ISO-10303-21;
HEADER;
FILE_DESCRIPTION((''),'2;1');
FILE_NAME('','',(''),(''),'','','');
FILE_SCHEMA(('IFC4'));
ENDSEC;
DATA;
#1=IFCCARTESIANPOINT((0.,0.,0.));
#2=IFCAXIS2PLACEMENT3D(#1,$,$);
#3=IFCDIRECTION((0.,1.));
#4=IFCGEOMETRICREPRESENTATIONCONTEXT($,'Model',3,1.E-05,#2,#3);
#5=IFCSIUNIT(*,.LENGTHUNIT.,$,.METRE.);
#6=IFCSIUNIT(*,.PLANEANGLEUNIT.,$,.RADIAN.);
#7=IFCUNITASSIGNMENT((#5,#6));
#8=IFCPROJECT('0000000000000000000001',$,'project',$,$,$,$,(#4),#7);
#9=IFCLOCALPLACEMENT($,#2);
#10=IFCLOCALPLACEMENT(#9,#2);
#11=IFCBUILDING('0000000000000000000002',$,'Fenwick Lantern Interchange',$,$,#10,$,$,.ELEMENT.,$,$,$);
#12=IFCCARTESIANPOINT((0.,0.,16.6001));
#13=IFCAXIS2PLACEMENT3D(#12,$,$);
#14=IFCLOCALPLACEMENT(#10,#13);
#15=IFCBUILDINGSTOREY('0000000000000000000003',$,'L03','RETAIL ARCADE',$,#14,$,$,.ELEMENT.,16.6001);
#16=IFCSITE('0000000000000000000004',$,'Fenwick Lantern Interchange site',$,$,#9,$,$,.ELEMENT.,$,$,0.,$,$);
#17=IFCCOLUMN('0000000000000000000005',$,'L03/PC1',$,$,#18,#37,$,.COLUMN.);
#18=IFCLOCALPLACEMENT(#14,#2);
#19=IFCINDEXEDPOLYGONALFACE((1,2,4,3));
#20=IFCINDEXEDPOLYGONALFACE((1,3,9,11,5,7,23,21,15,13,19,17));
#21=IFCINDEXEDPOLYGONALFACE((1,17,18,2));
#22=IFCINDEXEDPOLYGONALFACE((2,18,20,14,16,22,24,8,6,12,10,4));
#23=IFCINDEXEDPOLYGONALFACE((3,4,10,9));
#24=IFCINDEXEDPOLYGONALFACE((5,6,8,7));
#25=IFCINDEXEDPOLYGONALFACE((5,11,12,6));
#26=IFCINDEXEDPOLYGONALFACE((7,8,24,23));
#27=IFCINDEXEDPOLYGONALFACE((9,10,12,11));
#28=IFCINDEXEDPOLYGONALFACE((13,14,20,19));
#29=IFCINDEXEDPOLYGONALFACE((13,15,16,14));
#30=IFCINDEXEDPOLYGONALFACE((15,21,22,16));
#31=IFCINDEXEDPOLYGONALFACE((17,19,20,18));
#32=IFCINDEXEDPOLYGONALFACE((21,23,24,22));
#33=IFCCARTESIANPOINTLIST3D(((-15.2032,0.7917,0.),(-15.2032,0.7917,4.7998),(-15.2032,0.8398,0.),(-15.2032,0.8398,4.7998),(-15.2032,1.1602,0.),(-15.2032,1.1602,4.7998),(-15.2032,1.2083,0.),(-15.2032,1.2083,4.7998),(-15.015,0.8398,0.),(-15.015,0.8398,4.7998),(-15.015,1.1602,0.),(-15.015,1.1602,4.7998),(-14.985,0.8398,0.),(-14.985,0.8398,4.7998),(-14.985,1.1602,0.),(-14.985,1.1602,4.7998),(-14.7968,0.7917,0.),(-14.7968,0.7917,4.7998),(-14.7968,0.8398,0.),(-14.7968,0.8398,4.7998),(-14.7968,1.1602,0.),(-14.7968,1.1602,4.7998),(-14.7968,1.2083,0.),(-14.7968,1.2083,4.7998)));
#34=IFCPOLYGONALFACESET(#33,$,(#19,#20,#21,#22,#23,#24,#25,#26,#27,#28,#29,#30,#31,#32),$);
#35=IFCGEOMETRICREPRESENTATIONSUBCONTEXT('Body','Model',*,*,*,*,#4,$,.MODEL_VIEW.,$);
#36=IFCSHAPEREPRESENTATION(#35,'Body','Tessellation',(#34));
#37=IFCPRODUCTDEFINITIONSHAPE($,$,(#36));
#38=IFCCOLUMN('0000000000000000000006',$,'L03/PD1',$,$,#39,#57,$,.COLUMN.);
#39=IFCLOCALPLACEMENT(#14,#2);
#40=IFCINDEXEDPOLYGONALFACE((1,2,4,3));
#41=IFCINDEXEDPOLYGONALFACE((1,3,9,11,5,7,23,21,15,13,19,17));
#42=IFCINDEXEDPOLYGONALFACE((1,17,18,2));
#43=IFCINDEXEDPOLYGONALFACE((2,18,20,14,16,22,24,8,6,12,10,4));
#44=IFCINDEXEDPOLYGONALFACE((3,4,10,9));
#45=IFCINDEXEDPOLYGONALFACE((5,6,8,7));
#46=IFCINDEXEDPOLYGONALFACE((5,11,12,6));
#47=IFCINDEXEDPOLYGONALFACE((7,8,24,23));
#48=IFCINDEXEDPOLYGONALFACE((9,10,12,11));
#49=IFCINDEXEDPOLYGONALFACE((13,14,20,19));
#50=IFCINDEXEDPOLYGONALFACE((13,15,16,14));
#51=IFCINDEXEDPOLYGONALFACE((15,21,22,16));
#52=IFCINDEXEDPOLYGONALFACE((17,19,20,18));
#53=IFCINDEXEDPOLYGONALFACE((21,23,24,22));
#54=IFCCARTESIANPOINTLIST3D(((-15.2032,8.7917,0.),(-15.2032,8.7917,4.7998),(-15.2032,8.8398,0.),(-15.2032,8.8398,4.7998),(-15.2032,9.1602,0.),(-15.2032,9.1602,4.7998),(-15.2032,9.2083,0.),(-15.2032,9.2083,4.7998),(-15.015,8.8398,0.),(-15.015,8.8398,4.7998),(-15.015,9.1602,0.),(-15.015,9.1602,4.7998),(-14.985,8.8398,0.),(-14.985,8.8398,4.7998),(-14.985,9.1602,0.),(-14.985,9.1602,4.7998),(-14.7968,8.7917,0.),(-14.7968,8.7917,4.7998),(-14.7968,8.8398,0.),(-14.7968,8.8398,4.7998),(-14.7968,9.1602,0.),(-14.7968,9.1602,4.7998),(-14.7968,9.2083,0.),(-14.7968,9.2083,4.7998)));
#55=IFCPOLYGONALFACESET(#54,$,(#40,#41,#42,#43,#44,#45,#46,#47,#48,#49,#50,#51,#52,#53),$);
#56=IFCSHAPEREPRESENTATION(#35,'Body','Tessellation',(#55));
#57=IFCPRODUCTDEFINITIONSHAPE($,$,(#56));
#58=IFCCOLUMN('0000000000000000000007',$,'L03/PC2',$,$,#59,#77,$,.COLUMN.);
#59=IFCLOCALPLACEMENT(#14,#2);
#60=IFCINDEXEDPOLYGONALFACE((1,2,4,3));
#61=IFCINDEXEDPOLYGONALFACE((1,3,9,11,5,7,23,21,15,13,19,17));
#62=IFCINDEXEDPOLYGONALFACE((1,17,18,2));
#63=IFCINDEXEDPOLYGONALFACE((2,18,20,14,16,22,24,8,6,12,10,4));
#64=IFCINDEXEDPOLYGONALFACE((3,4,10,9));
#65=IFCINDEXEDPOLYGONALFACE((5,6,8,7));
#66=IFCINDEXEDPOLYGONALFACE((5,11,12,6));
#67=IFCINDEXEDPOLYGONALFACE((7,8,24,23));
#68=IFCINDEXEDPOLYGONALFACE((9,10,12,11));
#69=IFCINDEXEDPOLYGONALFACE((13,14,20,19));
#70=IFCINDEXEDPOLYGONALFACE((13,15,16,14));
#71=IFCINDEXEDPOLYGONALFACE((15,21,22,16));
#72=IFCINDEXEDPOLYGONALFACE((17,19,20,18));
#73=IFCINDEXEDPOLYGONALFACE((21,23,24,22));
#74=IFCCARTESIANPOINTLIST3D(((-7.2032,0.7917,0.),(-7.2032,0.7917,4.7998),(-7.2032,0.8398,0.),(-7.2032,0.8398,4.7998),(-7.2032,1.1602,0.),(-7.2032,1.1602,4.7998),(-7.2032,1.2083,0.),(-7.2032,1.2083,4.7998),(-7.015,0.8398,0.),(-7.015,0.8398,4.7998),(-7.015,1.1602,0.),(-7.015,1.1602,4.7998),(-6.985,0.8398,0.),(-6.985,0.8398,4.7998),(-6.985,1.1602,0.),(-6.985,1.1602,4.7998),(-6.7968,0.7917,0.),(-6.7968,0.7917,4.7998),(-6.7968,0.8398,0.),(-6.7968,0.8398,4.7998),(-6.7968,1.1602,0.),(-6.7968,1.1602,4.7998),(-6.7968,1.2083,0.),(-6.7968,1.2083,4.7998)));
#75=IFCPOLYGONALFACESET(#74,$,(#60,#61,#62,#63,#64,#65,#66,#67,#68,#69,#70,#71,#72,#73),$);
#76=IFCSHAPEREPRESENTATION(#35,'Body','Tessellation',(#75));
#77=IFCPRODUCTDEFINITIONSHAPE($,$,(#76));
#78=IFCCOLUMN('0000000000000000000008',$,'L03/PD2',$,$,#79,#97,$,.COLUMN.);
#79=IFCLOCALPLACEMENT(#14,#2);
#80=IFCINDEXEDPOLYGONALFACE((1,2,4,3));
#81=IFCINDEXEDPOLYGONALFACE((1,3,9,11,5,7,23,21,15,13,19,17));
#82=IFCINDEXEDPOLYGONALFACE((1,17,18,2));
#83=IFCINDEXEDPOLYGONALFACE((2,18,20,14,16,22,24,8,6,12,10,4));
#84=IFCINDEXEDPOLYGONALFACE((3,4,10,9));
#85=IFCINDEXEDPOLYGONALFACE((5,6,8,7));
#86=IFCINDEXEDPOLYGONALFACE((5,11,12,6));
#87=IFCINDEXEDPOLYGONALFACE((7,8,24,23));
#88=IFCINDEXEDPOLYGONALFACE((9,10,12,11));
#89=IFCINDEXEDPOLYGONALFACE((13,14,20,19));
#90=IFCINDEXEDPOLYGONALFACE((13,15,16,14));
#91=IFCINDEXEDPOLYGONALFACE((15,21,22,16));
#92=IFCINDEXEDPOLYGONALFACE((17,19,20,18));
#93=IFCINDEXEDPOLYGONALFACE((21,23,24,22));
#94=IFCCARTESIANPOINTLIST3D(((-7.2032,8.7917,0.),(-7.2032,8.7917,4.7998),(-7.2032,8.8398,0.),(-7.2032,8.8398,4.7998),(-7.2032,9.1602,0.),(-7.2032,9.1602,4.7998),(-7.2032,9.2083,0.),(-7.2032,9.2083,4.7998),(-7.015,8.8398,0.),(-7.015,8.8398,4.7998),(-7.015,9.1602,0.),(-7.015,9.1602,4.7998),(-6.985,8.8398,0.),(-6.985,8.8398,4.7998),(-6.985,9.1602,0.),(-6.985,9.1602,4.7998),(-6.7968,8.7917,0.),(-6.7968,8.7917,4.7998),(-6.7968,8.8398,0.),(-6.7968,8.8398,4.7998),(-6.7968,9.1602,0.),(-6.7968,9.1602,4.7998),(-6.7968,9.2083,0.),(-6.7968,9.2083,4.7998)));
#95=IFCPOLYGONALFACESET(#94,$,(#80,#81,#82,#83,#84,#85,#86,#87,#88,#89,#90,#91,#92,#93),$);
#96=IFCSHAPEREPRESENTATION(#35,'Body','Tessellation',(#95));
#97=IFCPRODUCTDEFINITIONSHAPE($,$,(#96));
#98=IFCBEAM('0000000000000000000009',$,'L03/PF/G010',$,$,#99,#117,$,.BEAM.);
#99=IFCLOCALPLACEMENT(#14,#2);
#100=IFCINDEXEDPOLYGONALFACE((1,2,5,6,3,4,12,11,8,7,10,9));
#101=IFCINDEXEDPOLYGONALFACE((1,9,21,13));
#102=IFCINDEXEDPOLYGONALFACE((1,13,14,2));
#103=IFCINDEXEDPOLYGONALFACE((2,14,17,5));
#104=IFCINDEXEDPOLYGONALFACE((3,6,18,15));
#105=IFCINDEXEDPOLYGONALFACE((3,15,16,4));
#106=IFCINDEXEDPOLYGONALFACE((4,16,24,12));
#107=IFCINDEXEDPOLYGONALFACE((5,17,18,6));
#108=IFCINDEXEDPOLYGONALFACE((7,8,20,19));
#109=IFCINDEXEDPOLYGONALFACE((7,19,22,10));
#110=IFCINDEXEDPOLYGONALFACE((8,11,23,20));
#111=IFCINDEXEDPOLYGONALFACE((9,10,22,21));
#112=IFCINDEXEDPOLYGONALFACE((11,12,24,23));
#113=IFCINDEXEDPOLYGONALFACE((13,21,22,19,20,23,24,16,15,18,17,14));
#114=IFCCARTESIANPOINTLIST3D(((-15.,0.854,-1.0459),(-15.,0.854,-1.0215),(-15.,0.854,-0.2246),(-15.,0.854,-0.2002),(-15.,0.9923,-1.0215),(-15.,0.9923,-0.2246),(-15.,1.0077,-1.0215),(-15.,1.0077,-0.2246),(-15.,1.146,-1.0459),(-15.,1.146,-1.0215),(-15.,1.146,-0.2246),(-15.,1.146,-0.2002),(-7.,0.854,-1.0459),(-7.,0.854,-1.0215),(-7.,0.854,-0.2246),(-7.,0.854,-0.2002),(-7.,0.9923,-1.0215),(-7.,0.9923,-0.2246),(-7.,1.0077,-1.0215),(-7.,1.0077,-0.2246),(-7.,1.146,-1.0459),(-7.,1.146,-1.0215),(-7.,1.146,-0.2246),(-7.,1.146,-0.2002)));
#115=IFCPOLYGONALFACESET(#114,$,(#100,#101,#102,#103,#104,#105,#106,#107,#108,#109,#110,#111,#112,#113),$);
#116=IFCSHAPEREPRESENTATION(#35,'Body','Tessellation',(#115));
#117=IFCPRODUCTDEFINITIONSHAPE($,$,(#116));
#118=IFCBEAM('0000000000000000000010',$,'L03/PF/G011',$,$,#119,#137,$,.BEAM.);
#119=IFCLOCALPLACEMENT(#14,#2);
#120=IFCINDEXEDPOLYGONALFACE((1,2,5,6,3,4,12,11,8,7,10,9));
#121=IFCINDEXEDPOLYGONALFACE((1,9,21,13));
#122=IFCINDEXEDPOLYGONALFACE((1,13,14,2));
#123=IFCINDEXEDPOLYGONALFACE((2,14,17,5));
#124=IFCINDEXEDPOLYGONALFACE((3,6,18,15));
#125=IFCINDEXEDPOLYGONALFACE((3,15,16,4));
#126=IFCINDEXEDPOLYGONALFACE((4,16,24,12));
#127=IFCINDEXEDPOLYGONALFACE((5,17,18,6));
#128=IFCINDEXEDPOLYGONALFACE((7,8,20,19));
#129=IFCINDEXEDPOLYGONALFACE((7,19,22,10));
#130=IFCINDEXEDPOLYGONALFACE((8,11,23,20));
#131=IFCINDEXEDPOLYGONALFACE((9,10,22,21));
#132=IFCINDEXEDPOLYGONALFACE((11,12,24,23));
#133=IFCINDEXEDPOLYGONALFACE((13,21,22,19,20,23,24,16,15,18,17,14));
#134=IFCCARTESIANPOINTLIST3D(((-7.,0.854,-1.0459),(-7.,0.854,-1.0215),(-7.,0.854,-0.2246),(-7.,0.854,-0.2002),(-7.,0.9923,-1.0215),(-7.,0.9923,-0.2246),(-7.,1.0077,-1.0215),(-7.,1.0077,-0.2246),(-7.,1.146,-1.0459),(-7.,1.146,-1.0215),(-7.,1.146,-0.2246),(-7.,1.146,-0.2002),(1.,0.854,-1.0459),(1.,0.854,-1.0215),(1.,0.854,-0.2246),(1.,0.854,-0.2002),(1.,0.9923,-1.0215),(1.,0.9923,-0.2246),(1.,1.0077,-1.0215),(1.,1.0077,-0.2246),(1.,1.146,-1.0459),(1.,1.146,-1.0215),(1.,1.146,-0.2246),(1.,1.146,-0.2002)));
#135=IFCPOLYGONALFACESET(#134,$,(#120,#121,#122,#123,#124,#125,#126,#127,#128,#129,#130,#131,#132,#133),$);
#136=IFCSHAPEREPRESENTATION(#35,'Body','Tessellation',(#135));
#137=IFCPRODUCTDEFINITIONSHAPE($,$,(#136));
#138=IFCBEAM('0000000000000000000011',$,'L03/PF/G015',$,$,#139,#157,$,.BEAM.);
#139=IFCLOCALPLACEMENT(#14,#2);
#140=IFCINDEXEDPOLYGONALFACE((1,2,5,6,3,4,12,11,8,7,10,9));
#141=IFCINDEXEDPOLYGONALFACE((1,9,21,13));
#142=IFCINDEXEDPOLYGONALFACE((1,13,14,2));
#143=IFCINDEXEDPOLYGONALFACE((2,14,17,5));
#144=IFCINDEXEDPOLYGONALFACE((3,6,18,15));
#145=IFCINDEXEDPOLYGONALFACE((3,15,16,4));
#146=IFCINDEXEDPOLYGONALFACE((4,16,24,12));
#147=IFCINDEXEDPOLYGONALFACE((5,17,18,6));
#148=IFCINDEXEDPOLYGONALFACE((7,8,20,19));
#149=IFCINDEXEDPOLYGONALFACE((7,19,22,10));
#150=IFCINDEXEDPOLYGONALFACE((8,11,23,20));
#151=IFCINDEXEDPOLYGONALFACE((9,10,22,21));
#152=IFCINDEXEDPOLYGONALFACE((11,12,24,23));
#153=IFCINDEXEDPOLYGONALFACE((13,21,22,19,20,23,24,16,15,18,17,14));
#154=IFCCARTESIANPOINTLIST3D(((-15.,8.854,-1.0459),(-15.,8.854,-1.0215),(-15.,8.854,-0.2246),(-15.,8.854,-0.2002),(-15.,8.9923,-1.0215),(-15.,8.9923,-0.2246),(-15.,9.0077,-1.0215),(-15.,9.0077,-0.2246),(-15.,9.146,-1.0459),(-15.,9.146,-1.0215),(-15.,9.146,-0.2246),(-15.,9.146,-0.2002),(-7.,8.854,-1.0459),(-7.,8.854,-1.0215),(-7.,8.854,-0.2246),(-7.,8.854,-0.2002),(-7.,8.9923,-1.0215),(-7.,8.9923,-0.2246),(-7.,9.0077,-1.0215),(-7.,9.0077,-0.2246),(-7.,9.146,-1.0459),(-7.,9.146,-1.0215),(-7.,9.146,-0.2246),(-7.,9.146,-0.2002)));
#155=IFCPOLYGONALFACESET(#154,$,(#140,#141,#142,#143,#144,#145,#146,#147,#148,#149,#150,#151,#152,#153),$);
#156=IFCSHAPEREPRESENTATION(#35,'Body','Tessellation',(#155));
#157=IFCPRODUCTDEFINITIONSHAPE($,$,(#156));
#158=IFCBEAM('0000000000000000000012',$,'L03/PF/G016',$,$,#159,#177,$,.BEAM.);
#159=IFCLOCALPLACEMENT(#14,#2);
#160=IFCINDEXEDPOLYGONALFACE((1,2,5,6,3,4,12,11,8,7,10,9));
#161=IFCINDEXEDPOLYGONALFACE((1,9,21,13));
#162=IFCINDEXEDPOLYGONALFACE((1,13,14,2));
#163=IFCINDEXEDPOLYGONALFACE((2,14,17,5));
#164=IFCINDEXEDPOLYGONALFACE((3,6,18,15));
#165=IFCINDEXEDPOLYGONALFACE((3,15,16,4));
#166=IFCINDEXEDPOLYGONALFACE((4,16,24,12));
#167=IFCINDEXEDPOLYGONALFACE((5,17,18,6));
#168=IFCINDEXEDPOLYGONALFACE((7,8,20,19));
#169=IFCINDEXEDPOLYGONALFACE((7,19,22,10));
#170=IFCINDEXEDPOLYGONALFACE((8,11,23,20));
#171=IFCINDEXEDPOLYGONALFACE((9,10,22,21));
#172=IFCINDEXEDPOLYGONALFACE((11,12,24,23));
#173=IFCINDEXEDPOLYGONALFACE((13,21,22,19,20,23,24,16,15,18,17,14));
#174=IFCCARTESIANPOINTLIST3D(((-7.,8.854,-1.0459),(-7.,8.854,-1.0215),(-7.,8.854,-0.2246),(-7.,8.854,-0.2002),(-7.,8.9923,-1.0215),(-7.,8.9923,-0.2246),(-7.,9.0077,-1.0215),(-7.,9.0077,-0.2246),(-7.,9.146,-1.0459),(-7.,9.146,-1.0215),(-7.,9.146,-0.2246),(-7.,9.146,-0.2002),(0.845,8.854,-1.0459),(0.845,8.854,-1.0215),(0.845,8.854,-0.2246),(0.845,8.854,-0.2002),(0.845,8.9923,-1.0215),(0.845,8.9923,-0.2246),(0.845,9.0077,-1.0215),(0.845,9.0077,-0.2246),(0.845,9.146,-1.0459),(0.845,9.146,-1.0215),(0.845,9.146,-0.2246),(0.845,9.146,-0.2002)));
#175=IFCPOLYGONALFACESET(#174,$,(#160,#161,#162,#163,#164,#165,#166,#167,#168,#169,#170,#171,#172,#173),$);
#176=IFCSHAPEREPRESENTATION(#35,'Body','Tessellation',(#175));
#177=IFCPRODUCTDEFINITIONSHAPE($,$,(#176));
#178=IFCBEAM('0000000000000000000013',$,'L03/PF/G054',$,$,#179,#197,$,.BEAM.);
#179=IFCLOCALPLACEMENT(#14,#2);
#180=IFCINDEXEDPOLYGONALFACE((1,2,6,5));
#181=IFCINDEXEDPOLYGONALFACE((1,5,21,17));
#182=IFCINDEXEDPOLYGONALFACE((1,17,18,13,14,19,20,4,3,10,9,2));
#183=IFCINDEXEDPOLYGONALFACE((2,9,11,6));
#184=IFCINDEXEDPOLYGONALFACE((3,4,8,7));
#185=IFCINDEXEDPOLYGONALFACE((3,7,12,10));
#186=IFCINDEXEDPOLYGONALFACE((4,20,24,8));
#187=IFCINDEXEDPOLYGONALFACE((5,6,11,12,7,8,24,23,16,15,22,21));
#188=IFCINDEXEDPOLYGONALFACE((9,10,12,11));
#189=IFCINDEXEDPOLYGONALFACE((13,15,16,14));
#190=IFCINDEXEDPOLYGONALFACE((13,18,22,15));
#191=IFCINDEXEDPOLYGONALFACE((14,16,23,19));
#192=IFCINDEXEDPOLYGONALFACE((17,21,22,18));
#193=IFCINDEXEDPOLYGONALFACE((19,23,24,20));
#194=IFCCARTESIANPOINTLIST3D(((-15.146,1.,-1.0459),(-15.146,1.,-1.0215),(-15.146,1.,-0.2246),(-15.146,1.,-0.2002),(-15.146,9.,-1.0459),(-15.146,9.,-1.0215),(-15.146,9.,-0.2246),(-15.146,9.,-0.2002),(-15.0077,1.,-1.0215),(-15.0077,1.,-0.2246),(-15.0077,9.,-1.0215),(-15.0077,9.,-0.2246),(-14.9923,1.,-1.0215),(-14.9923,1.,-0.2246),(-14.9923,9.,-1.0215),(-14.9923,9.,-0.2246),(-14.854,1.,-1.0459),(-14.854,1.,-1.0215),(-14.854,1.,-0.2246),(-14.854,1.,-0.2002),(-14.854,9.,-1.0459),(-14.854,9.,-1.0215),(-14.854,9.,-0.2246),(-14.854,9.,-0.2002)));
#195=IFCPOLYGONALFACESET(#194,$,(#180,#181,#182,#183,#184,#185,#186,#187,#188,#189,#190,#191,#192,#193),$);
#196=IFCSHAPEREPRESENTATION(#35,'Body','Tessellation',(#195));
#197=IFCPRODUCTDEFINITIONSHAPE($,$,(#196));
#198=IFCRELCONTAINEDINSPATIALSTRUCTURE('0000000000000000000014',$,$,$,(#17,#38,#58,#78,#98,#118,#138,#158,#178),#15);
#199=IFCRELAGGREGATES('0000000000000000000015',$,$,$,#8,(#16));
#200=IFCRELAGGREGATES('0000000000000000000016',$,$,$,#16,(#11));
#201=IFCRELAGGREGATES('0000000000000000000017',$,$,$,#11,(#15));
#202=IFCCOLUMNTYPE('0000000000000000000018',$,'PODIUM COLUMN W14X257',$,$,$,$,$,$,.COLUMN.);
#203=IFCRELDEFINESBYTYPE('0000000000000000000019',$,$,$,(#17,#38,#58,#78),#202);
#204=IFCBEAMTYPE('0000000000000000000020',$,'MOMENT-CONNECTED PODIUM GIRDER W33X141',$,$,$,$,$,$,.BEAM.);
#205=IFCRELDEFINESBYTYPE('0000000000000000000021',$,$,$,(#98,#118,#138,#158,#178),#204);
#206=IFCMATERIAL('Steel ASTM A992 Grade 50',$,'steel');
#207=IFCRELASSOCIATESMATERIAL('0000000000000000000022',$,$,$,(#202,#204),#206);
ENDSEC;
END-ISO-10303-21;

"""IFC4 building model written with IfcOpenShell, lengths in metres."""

from ifc_helpers import new_model, si_unit, direction, frame, origin, origin_2d, place, context, subcontext, project, spatial, i_section, extrude, material, material_profile, profile_set, type_object, element, save


model = new_model("IFC4")

# Units and contexts
model_context = context("Model", 3, precision=1e-05, world=origin(), true_north=direction((0.0, 1.0)))
body_context = subcontext(model_context, "Body", "Model", "MODEL_VIEW")
ifc_project = project(units=[si_unit("LENGTHUNIT", "METRE"), si_unit("PLANEANGLEUNIT", "RADIAN")], contexts=[model_context])

# Site, building, storey
site_placement = place(None, origin())
site = spatial("IfcSite", under=ifc_project, at=site_placement, Name="Fenwick Lantern Interchange site", CompositionType="ELEMENT", RefElevation=0.0)
building_placement = place(site_placement, origin())
building = spatial("IfcBuilding", under=site, at=building_placement, Name="Fenwick Lantern Interchange", CompositionType="ELEMENT")
storey_placement = place(building_placement, frame((0.0, 0.0, 16.6001)))
storey = spatial("IfcBuildingStorey", under=building, at=storey_placement, Name="L03", Description="RETAIL ARCADE", CompositionType="ELEMENT", Elevation=16.6001)

# Columns
ifc_material_1 = material(Name="Steel ASTM A992 Grade 50", Category="steel")
ifc_material_profile_1 = material_profile(ifc_material_1, i_section(OverallWidth=0.4065, OverallDepth=0.4165, WebThickness=0.03, FlangeThickness=0.0481, at=origin_2d()), Name="W14X257")
ifc_profile_set_1 = profile_set([ifc_material_profile_1], Name="Steel ASTM A992 Grade 50")
column_type = type_object("IfcColumnType", Name="PODIUM COLUMN W14X257", PredefinedType="COLUMN", material=ifc_profile_set_1)
for number, where, z_axis, x_axis, name in (
    (1, (-15.0, 1.0, 0.0), (0.0, 0.0, 1.0), (1.0, 0.0, 0.0), "L03/PC1"),
    (2, (-15.0, 9.0, 0.0), (0.0, 0.0, 1.0), (1.0, 0.0, 0.0), "L03/PD1"),
    (3, (-7.0, 1.0, 0.0), (0.0, 0.0, 1.0), (1.0, 0.0, 0.0), "L03/PC2"),
    (4, (-7.0, 9.0, 0.0), (0.0, 0.0, 1.0), (1.0, 0.0, 0.0), "L03/PD2"),
):
    element("IfcColumn", number, at=place(storey_placement, frame(where, z_axis=z_axis, x_axis=x_axis)), inside=storey, type_object=column_type, Name=name, PredefinedType="COLUMN", context=body_context, shape_type="SweptSolid", body=[
        extrude(i_section(OverallWidth=0.4065, OverallDepth=0.4165, WebThickness=0.03, FlangeThickness=0.0481, at=origin_2d()), origin(), (0.0, 0.0, 1.0), 4.7998),
    ])

# Beams
ifc_material_profile_2 = material_profile(ifc_material_1, i_section(OverallWidth=0.292, OverallDepth=0.8457, WebThickness=0.0154, FlangeThickness=0.0244, at=origin_2d()), Name="W33X141")
ifc_profile_set_2 = profile_set([ifc_material_profile_2], Name="Steel ASTM A992 Grade 50")
beam_type_1 = type_object("IfcBeamType", Name="MOMENT-CONNECTED PODIUM GIRDER W33X141", PredefinedType="BEAM", material=ifc_profile_set_2)
for number, where, z_axis, x_axis, name in (
    (5, (-15.0, 1.0, -0.623), (1.0, 0.0, 0.0), (0.0, 1.0, 0.0), "L03/PF/G010"),
    (6, (-7.0, 1.0, -0.623), (1.0, 0.0, 0.0), (0.0, 1.0, 0.0), "L03/PF/G011"),
    (7, (-15.0, 9.0, -0.623), (1.0, 0.0, 0.0), (0.0, 1.0, 0.0), "L03/PF/G015"),
):
    element("IfcBeam", number, at=place(storey_placement, frame(where, z_axis=z_axis, x_axis=x_axis)), inside=storey, type_object=beam_type_1, Name=name, PredefinedType="BEAM", context=body_context, shape_type="SweptSolid", body=[
        extrude(i_section(OverallWidth=0.292, OverallDepth=0.8457, WebThickness=0.0154, FlangeThickness=0.0244, at=origin_2d()), origin(), (0.0, 0.0, 1.0), 8.0),
    ])
beam_1_placement = place(storey_placement, frame((-7.0, 9.0, -0.623), z_axis=(1.0, 0.0, 0.0), x_axis=(0.0, 1.0, 0.0)))
element("IfcBeam", 8, at=beam_1_placement, inside=storey, type_object=beam_type_1, Name="L03/PF/G016", PredefinedType="BEAM", context=body_context, shape_type="SweptSolid", body=[
    extrude(i_section(OverallWidth=0.292, OverallDepth=0.8457, WebThickness=0.0154, FlangeThickness=0.0244, at=origin_2d()), origin(), (0.0, 0.0, 1.0), 7.845),
])
beam_2_placement = place(storey_placement, frame((-15.0, 1.0, -0.623), z_axis=(0.0, 1.0, 0.0), x_axis=(-1.0, 0.0, 0.0)))
element("IfcBeam", 9, at=beam_2_placement, inside=storey, type_object=beam_type_1, Name="L03/PF/G054", PredefinedType="BEAM", context=body_context, shape_type="SweptSolid", body=[
    extrude(i_section(OverallWidth=0.292, OverallDepth=0.8457, WebThickness=0.0154, FlangeThickness=0.0244, at=origin_2d()), origin(), (0.0, 0.0, 1.0), 8.0),
])

save(model, "model.ifc")
